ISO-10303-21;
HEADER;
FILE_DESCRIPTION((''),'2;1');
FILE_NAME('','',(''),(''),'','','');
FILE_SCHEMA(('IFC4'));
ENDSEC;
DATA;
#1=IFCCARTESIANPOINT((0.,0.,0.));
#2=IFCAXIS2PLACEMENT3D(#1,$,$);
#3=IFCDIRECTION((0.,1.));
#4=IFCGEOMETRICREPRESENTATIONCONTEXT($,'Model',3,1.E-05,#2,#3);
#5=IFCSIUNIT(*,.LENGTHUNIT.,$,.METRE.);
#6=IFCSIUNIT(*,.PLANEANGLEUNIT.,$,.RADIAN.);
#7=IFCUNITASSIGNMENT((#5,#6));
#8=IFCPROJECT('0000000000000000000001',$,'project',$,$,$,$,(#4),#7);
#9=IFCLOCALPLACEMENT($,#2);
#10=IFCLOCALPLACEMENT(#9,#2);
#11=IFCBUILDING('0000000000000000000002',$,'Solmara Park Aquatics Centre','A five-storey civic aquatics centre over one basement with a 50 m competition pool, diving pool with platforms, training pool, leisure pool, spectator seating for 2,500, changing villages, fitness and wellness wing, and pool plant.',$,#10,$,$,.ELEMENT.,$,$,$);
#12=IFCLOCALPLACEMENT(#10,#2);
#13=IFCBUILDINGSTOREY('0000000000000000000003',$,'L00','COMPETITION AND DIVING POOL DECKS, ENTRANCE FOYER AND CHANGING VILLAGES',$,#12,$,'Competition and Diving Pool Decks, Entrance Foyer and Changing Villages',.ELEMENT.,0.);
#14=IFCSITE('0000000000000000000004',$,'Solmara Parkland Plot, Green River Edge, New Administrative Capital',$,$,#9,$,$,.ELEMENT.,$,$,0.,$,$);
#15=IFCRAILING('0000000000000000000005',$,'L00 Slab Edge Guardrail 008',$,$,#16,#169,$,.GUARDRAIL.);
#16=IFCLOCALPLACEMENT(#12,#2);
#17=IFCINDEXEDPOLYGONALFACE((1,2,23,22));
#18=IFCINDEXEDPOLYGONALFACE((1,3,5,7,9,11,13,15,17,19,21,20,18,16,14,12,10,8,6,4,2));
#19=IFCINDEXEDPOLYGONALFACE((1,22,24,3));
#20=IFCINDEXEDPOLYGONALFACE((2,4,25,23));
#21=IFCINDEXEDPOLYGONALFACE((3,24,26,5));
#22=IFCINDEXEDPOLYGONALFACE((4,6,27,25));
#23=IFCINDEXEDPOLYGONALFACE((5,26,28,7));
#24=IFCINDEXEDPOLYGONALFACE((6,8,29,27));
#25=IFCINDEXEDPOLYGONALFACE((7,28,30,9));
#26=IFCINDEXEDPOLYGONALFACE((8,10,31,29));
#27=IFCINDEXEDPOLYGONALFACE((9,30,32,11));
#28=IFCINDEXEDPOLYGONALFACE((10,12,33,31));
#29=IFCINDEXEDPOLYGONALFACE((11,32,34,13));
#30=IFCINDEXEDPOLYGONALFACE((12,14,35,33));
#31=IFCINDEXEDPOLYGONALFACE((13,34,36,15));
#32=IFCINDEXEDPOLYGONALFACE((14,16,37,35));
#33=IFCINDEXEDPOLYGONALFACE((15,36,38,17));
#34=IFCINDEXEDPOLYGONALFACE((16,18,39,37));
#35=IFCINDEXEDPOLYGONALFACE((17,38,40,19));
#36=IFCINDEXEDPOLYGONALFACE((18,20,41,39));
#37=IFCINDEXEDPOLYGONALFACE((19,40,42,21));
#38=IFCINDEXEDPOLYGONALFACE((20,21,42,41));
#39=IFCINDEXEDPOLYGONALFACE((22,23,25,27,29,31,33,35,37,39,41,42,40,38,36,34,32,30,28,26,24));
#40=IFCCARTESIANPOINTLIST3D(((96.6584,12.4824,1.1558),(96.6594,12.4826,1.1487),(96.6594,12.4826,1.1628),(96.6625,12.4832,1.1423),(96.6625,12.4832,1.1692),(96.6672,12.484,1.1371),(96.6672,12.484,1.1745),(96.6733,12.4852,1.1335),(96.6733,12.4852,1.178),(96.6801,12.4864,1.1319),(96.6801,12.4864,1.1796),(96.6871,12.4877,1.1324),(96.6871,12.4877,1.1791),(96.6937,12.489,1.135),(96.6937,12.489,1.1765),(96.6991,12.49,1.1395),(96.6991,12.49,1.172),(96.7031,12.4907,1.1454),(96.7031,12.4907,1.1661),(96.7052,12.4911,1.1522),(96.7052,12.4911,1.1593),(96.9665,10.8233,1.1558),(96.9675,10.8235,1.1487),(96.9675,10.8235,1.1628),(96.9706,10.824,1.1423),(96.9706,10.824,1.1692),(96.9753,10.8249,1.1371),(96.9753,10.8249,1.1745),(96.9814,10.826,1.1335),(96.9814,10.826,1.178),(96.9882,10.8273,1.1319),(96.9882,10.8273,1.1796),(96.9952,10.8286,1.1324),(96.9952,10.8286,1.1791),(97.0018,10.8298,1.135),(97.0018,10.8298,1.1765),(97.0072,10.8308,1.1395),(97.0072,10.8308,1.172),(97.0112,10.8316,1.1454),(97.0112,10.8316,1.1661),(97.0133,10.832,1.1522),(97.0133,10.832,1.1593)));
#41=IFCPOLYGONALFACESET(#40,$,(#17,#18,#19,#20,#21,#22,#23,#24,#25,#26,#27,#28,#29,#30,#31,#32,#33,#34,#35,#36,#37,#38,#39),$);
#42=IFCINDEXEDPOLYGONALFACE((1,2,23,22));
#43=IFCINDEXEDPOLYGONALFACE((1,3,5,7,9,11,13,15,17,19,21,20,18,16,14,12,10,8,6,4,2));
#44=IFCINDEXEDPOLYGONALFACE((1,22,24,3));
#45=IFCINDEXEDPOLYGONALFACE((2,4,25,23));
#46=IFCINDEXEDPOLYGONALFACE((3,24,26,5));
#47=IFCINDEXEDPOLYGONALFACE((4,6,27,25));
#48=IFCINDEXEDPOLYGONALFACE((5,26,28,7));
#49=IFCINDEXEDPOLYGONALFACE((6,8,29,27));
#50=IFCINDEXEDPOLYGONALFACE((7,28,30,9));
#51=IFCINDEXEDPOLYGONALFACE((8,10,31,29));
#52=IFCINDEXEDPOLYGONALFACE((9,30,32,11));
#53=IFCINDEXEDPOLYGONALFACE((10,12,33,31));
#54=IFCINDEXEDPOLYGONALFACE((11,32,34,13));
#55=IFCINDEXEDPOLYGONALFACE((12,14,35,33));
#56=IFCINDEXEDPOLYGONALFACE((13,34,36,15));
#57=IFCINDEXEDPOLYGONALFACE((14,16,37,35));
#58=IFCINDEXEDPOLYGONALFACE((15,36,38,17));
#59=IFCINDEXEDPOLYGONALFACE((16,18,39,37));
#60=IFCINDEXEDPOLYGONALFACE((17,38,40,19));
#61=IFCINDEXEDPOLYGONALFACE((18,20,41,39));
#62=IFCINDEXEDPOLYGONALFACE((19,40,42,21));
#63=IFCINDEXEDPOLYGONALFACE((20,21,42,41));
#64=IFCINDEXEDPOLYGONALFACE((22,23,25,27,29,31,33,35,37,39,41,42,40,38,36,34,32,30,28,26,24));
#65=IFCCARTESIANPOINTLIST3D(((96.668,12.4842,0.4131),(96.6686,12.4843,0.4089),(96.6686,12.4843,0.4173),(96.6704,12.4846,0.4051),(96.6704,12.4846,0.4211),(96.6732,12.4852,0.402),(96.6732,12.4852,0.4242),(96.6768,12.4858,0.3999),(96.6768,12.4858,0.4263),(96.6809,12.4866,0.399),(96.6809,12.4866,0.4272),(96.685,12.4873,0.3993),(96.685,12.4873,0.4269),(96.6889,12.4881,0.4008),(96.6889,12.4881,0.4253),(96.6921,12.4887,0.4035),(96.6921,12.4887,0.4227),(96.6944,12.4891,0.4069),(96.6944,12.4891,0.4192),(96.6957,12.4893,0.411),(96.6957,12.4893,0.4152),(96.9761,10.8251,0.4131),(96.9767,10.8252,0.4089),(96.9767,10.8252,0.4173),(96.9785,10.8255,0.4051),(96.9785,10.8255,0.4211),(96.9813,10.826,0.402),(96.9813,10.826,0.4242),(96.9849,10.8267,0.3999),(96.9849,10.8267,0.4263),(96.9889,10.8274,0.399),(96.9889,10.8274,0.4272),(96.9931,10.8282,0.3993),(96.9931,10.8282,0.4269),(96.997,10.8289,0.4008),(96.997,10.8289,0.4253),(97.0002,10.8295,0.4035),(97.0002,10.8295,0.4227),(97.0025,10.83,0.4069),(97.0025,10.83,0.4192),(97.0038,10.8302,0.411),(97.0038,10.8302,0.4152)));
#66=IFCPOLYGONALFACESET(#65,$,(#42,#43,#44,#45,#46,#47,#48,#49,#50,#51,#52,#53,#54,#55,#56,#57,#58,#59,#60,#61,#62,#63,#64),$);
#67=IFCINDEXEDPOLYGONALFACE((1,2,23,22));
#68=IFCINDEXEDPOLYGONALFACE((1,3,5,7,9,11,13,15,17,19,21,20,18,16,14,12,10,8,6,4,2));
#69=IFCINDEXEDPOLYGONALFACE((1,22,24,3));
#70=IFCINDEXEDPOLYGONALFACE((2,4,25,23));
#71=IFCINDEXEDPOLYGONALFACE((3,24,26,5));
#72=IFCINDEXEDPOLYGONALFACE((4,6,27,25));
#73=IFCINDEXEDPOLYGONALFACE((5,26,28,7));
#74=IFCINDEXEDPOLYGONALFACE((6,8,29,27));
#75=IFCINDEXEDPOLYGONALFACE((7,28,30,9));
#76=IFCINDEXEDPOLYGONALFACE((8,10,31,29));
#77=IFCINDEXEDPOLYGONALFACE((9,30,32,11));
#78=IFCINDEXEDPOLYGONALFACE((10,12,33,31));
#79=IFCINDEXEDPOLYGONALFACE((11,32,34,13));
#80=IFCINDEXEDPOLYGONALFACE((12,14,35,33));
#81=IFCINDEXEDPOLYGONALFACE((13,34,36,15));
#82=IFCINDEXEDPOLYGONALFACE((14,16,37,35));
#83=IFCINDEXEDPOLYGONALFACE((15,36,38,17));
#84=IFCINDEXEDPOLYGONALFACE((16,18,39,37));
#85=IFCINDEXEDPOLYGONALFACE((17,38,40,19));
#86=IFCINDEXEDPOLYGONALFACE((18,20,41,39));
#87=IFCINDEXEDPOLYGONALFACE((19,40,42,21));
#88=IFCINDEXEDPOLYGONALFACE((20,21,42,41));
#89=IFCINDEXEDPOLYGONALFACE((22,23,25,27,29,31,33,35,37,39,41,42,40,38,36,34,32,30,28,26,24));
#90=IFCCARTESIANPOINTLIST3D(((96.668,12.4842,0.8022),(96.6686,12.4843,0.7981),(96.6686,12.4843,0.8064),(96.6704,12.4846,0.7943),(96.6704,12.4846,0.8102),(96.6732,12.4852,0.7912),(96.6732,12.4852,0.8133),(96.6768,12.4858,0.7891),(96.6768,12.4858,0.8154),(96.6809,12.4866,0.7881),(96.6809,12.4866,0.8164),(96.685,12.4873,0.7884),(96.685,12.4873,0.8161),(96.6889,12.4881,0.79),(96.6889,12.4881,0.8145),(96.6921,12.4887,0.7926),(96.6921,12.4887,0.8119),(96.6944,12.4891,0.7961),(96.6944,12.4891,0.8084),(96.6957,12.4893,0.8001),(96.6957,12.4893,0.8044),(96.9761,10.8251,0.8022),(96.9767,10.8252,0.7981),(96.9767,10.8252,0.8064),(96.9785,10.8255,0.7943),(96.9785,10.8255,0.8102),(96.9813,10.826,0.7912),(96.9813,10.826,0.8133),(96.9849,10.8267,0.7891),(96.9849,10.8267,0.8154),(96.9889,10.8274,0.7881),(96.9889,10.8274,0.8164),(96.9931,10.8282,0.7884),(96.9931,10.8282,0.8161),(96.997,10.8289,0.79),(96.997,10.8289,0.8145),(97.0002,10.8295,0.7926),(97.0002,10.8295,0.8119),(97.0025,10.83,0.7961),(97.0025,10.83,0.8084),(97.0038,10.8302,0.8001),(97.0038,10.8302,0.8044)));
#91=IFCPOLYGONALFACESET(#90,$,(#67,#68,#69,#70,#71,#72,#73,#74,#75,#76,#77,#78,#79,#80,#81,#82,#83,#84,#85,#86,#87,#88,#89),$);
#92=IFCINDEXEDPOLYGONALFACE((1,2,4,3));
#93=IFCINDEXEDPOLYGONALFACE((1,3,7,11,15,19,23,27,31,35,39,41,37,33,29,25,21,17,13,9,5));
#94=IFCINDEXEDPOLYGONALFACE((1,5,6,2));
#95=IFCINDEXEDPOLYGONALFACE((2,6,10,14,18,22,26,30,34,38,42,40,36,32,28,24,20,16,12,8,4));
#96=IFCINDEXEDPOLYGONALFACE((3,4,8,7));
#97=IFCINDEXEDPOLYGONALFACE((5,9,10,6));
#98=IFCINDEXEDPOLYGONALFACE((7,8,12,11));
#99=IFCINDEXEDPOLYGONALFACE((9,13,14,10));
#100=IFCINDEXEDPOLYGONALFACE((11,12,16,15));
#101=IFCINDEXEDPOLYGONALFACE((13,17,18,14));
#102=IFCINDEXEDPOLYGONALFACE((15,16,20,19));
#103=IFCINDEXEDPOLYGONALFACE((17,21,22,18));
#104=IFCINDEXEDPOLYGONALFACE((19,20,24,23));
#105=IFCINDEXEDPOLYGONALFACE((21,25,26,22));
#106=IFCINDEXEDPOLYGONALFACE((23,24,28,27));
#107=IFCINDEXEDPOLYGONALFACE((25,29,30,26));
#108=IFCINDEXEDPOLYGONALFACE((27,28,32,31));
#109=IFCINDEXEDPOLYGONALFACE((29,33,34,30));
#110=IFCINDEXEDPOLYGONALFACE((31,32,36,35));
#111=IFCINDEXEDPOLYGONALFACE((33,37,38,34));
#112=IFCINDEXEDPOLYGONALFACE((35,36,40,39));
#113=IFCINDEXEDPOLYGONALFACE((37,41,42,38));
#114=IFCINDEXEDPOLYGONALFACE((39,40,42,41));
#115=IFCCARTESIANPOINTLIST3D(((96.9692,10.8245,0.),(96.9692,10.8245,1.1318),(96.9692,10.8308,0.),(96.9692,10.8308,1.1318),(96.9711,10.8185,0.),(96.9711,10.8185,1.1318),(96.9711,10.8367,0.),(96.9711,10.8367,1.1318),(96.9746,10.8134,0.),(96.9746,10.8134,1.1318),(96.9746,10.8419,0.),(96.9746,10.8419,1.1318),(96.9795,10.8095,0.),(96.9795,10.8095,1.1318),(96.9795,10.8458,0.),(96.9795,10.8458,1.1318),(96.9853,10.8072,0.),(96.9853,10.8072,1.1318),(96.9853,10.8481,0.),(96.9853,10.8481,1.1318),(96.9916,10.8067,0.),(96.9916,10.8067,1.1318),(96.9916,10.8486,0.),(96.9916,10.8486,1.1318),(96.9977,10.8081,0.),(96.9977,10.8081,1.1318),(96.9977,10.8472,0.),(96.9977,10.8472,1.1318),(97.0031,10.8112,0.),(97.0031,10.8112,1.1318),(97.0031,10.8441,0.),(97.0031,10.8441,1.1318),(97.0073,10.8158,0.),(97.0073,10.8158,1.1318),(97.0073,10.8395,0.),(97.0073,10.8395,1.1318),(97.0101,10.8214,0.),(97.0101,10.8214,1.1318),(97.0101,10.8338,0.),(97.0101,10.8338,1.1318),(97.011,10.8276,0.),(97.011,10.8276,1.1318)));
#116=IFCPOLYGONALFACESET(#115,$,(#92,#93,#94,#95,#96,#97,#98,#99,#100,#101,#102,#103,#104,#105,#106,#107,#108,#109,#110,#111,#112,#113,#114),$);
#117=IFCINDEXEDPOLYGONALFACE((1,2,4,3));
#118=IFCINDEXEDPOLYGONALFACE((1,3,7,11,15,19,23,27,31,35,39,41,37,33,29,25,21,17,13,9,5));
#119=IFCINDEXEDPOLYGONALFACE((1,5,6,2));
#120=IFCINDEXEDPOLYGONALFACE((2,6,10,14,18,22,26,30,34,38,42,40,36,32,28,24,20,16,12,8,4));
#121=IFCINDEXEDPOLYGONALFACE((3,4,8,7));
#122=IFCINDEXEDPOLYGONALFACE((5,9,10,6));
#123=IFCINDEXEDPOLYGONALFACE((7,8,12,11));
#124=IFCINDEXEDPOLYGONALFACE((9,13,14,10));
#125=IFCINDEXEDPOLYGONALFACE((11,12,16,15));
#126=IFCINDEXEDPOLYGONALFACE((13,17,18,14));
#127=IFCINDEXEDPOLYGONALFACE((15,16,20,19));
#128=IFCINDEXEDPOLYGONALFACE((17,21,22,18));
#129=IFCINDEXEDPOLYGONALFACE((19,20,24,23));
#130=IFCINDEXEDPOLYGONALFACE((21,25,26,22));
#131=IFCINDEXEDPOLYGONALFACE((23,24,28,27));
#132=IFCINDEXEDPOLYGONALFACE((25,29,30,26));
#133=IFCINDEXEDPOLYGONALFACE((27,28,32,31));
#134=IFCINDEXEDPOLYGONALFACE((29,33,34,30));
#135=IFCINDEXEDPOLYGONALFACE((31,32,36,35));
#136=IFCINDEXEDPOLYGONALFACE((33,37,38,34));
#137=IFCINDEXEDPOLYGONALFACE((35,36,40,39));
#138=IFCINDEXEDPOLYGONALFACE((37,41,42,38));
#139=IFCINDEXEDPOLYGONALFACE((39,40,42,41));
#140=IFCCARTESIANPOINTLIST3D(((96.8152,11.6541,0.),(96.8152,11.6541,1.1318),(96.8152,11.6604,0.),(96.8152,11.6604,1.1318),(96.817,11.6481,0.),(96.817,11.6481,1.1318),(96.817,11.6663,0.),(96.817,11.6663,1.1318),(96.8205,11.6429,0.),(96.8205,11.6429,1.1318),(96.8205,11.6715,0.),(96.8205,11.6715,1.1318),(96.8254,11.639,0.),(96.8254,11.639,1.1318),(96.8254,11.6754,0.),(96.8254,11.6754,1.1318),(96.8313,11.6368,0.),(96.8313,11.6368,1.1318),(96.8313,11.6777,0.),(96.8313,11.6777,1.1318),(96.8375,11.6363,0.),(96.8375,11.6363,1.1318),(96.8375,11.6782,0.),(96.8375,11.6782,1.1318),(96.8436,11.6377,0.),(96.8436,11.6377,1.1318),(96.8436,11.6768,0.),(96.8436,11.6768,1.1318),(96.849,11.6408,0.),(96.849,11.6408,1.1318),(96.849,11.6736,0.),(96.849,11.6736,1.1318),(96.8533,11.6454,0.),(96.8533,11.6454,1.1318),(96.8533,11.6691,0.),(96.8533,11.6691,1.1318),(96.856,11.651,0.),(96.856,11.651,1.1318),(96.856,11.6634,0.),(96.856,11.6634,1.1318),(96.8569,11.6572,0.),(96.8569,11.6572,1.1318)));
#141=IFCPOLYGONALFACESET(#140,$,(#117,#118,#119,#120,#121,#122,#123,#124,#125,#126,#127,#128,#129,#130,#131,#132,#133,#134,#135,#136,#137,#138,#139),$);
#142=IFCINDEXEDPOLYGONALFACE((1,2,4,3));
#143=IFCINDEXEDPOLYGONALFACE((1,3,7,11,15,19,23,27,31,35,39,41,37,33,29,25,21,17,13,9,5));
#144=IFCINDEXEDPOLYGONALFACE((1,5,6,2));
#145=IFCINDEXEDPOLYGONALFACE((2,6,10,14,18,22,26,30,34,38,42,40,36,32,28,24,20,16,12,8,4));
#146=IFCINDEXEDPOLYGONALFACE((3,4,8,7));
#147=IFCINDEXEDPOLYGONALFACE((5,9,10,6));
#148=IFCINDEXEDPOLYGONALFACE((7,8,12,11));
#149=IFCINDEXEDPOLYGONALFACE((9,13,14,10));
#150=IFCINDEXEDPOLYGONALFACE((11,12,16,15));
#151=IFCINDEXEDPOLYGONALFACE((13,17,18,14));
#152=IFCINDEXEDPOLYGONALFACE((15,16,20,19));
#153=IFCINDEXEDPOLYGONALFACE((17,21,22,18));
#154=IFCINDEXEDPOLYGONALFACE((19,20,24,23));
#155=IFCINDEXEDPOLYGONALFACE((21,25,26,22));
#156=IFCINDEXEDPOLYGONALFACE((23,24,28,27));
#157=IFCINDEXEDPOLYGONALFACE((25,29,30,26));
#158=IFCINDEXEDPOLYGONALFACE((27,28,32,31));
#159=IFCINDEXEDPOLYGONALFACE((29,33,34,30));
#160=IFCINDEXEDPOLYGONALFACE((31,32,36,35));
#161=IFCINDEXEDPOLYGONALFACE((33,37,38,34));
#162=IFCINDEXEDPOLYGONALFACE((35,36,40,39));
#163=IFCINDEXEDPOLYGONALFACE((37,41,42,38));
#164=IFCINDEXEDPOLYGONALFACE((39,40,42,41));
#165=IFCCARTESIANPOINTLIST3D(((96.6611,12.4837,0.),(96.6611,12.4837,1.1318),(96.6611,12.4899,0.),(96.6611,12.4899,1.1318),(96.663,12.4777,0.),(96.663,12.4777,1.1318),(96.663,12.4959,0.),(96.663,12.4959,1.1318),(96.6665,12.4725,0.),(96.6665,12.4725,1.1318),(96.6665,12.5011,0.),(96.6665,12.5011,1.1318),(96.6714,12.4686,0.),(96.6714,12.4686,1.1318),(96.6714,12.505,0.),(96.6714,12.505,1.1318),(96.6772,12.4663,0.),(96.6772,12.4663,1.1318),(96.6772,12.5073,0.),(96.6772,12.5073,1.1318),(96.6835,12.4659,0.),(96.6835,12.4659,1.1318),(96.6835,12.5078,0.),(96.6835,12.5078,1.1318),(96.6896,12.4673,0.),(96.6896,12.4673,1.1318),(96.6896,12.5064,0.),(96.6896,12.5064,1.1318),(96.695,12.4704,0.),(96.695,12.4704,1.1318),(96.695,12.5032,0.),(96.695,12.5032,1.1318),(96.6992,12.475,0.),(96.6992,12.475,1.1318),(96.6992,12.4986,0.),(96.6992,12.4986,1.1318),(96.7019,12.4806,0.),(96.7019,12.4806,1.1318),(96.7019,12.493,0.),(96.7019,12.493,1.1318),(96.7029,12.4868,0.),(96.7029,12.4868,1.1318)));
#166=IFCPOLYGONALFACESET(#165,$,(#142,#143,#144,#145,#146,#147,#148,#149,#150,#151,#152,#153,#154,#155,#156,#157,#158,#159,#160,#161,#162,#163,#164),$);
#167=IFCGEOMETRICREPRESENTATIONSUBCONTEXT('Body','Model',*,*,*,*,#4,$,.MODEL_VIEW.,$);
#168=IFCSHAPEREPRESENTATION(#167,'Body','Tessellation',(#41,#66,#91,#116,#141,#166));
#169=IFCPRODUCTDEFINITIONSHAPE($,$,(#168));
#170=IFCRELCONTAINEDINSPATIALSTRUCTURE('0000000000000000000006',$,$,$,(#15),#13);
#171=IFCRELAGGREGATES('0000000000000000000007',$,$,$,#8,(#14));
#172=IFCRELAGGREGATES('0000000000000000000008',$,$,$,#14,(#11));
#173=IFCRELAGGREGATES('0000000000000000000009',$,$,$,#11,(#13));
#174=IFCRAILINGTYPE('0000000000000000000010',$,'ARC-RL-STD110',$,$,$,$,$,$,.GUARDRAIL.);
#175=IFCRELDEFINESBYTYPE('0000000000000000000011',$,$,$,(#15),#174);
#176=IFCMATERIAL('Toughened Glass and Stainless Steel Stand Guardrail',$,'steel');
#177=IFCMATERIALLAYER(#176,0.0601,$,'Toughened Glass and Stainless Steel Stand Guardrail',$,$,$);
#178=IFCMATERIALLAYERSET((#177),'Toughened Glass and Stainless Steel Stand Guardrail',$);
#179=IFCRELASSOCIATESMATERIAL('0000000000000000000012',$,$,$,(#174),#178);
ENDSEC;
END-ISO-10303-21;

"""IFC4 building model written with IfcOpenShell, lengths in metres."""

from ifc_helpers import new_model, si_unit, direction, frame, origin, origin_2d, place, context, subcontext, project, spatial, circle, extrude, material, layer, layer_set, type_object, element, save


model = new_model("IFC4")

# Units and contexts
model_context = context("Model", 3, precision=1e-05, world=origin(), true_north=direction((0.0, 1.0)))
body_context = subcontext(model_context, "Body", "Model", "MODEL_VIEW")
ifc_project = project(units=[si_unit("LENGTHUNIT", "METRE"), si_unit("PLANEANGLEUNIT", "RADIAN")], contexts=[model_context])

# Site, building, storey
site_placement = place(None, origin())
site = spatial("IfcSite", under=ifc_project, at=site_placement, Name="Solmara Parkland Plot, Green River Edge, New Administrative Capital", CompositionType="ELEMENT", RefElevation=0.0)
building_placement = place(site_placement, origin())
building = spatial("IfcBuilding", under=site, at=building_placement, Name="Solmara Park Aquatics Centre", Description="A five-storey civic aquatics centre over one basement with a 50 m competition pool, diving pool with platforms, training pool, leisure pool, spectator seating for 2,500, changing villages, fitness and wellness wing, and pool plant.", CompositionType="ELEMENT")
storey_placement = place(building_placement, origin())
storey = spatial("IfcBuildingStorey", under=building, at=storey_placement, Name="L00", Description="COMPETITION AND DIVING POOL DECKS, ENTRANCE FOYER AND CHANGING VILLAGES", LongName="Competition and Diving Pool Decks, Entrance Foyer and Changing Villages", CompositionType="ELEMENT", Elevation=0.0)

# Railing
ifc_material_1 = material(Name="Toughened Glass and Stainless Steel Stand Guardrail", Category="steel")
ifc_layer_1 = layer(ifc_material_1, 0.0601, Name="Toughened Glass and Stainless Steel Stand Guardrail")
ifc_layer_set_1 = layer_set([ifc_layer_1], Name="Toughened Glass and Stainless Steel Stand Guardrail")
railing_type = type_object("IfcRailingType", Name="ARC-RL-STD110", PredefinedType="GUARDRAIL", material=ifc_layer_set_1)
railing_1_placement = place(storey_placement, frame((96.99, 10.8276, 0.0)))
element("IfcRailing", 1, at=railing_1_placement, inside=storey, type_object=railing_type, Name="L00 Slab Edge Guardrail 008", PredefinedType="GUARDRAIL", context=body_context, shape_type="SweptSolid", body=[
    extrude(circle(Radius=0.0239, at=origin_2d()), frame((0.0, 0.0, 1.1558), z_axis=(-0.182576, 0.983192, 0.0), x_axis=(-0.983192, -0.182576, 0.0)), (0.0, 0.0, 1.0), 1.6875),
    extrude(circle(Radius=0.0142, at=origin_2d()), frame((0.0, 0.0, 0.4131), z_axis=(-0.182576, 0.983192, 0.0), x_axis=(-0.983192, -0.182576, 0.0)), (0.0, 0.0, 1.0), 1.6875),
    extrude(circle(Radius=0.0142, at=origin_2d()), frame((0.0, 0.0, 0.8022), z_axis=(-0.182576, 0.983192, 0.0), x_axis=(-0.983192, -0.182576, 0.0)), (0.0, 0.0, 1.0), 1.6875),
    extrude(circle(Radius=0.021, at=origin_2d()), origin(), (0.0, 0.0, 1.0), 1.1318),
    extrude(circle(Radius=0.021, at=origin_2d()), frame((-0.1541, 0.8296, 0.0)), (0.0, 0.0, 1.0), 1.1318),
    extrude(circle(Radius=0.021, at=origin_2d()), frame((-0.3081, 1.6592, 0.0)), (0.0, 0.0, 1.0), 1.1318),
])

save(model, "model.ifc")
